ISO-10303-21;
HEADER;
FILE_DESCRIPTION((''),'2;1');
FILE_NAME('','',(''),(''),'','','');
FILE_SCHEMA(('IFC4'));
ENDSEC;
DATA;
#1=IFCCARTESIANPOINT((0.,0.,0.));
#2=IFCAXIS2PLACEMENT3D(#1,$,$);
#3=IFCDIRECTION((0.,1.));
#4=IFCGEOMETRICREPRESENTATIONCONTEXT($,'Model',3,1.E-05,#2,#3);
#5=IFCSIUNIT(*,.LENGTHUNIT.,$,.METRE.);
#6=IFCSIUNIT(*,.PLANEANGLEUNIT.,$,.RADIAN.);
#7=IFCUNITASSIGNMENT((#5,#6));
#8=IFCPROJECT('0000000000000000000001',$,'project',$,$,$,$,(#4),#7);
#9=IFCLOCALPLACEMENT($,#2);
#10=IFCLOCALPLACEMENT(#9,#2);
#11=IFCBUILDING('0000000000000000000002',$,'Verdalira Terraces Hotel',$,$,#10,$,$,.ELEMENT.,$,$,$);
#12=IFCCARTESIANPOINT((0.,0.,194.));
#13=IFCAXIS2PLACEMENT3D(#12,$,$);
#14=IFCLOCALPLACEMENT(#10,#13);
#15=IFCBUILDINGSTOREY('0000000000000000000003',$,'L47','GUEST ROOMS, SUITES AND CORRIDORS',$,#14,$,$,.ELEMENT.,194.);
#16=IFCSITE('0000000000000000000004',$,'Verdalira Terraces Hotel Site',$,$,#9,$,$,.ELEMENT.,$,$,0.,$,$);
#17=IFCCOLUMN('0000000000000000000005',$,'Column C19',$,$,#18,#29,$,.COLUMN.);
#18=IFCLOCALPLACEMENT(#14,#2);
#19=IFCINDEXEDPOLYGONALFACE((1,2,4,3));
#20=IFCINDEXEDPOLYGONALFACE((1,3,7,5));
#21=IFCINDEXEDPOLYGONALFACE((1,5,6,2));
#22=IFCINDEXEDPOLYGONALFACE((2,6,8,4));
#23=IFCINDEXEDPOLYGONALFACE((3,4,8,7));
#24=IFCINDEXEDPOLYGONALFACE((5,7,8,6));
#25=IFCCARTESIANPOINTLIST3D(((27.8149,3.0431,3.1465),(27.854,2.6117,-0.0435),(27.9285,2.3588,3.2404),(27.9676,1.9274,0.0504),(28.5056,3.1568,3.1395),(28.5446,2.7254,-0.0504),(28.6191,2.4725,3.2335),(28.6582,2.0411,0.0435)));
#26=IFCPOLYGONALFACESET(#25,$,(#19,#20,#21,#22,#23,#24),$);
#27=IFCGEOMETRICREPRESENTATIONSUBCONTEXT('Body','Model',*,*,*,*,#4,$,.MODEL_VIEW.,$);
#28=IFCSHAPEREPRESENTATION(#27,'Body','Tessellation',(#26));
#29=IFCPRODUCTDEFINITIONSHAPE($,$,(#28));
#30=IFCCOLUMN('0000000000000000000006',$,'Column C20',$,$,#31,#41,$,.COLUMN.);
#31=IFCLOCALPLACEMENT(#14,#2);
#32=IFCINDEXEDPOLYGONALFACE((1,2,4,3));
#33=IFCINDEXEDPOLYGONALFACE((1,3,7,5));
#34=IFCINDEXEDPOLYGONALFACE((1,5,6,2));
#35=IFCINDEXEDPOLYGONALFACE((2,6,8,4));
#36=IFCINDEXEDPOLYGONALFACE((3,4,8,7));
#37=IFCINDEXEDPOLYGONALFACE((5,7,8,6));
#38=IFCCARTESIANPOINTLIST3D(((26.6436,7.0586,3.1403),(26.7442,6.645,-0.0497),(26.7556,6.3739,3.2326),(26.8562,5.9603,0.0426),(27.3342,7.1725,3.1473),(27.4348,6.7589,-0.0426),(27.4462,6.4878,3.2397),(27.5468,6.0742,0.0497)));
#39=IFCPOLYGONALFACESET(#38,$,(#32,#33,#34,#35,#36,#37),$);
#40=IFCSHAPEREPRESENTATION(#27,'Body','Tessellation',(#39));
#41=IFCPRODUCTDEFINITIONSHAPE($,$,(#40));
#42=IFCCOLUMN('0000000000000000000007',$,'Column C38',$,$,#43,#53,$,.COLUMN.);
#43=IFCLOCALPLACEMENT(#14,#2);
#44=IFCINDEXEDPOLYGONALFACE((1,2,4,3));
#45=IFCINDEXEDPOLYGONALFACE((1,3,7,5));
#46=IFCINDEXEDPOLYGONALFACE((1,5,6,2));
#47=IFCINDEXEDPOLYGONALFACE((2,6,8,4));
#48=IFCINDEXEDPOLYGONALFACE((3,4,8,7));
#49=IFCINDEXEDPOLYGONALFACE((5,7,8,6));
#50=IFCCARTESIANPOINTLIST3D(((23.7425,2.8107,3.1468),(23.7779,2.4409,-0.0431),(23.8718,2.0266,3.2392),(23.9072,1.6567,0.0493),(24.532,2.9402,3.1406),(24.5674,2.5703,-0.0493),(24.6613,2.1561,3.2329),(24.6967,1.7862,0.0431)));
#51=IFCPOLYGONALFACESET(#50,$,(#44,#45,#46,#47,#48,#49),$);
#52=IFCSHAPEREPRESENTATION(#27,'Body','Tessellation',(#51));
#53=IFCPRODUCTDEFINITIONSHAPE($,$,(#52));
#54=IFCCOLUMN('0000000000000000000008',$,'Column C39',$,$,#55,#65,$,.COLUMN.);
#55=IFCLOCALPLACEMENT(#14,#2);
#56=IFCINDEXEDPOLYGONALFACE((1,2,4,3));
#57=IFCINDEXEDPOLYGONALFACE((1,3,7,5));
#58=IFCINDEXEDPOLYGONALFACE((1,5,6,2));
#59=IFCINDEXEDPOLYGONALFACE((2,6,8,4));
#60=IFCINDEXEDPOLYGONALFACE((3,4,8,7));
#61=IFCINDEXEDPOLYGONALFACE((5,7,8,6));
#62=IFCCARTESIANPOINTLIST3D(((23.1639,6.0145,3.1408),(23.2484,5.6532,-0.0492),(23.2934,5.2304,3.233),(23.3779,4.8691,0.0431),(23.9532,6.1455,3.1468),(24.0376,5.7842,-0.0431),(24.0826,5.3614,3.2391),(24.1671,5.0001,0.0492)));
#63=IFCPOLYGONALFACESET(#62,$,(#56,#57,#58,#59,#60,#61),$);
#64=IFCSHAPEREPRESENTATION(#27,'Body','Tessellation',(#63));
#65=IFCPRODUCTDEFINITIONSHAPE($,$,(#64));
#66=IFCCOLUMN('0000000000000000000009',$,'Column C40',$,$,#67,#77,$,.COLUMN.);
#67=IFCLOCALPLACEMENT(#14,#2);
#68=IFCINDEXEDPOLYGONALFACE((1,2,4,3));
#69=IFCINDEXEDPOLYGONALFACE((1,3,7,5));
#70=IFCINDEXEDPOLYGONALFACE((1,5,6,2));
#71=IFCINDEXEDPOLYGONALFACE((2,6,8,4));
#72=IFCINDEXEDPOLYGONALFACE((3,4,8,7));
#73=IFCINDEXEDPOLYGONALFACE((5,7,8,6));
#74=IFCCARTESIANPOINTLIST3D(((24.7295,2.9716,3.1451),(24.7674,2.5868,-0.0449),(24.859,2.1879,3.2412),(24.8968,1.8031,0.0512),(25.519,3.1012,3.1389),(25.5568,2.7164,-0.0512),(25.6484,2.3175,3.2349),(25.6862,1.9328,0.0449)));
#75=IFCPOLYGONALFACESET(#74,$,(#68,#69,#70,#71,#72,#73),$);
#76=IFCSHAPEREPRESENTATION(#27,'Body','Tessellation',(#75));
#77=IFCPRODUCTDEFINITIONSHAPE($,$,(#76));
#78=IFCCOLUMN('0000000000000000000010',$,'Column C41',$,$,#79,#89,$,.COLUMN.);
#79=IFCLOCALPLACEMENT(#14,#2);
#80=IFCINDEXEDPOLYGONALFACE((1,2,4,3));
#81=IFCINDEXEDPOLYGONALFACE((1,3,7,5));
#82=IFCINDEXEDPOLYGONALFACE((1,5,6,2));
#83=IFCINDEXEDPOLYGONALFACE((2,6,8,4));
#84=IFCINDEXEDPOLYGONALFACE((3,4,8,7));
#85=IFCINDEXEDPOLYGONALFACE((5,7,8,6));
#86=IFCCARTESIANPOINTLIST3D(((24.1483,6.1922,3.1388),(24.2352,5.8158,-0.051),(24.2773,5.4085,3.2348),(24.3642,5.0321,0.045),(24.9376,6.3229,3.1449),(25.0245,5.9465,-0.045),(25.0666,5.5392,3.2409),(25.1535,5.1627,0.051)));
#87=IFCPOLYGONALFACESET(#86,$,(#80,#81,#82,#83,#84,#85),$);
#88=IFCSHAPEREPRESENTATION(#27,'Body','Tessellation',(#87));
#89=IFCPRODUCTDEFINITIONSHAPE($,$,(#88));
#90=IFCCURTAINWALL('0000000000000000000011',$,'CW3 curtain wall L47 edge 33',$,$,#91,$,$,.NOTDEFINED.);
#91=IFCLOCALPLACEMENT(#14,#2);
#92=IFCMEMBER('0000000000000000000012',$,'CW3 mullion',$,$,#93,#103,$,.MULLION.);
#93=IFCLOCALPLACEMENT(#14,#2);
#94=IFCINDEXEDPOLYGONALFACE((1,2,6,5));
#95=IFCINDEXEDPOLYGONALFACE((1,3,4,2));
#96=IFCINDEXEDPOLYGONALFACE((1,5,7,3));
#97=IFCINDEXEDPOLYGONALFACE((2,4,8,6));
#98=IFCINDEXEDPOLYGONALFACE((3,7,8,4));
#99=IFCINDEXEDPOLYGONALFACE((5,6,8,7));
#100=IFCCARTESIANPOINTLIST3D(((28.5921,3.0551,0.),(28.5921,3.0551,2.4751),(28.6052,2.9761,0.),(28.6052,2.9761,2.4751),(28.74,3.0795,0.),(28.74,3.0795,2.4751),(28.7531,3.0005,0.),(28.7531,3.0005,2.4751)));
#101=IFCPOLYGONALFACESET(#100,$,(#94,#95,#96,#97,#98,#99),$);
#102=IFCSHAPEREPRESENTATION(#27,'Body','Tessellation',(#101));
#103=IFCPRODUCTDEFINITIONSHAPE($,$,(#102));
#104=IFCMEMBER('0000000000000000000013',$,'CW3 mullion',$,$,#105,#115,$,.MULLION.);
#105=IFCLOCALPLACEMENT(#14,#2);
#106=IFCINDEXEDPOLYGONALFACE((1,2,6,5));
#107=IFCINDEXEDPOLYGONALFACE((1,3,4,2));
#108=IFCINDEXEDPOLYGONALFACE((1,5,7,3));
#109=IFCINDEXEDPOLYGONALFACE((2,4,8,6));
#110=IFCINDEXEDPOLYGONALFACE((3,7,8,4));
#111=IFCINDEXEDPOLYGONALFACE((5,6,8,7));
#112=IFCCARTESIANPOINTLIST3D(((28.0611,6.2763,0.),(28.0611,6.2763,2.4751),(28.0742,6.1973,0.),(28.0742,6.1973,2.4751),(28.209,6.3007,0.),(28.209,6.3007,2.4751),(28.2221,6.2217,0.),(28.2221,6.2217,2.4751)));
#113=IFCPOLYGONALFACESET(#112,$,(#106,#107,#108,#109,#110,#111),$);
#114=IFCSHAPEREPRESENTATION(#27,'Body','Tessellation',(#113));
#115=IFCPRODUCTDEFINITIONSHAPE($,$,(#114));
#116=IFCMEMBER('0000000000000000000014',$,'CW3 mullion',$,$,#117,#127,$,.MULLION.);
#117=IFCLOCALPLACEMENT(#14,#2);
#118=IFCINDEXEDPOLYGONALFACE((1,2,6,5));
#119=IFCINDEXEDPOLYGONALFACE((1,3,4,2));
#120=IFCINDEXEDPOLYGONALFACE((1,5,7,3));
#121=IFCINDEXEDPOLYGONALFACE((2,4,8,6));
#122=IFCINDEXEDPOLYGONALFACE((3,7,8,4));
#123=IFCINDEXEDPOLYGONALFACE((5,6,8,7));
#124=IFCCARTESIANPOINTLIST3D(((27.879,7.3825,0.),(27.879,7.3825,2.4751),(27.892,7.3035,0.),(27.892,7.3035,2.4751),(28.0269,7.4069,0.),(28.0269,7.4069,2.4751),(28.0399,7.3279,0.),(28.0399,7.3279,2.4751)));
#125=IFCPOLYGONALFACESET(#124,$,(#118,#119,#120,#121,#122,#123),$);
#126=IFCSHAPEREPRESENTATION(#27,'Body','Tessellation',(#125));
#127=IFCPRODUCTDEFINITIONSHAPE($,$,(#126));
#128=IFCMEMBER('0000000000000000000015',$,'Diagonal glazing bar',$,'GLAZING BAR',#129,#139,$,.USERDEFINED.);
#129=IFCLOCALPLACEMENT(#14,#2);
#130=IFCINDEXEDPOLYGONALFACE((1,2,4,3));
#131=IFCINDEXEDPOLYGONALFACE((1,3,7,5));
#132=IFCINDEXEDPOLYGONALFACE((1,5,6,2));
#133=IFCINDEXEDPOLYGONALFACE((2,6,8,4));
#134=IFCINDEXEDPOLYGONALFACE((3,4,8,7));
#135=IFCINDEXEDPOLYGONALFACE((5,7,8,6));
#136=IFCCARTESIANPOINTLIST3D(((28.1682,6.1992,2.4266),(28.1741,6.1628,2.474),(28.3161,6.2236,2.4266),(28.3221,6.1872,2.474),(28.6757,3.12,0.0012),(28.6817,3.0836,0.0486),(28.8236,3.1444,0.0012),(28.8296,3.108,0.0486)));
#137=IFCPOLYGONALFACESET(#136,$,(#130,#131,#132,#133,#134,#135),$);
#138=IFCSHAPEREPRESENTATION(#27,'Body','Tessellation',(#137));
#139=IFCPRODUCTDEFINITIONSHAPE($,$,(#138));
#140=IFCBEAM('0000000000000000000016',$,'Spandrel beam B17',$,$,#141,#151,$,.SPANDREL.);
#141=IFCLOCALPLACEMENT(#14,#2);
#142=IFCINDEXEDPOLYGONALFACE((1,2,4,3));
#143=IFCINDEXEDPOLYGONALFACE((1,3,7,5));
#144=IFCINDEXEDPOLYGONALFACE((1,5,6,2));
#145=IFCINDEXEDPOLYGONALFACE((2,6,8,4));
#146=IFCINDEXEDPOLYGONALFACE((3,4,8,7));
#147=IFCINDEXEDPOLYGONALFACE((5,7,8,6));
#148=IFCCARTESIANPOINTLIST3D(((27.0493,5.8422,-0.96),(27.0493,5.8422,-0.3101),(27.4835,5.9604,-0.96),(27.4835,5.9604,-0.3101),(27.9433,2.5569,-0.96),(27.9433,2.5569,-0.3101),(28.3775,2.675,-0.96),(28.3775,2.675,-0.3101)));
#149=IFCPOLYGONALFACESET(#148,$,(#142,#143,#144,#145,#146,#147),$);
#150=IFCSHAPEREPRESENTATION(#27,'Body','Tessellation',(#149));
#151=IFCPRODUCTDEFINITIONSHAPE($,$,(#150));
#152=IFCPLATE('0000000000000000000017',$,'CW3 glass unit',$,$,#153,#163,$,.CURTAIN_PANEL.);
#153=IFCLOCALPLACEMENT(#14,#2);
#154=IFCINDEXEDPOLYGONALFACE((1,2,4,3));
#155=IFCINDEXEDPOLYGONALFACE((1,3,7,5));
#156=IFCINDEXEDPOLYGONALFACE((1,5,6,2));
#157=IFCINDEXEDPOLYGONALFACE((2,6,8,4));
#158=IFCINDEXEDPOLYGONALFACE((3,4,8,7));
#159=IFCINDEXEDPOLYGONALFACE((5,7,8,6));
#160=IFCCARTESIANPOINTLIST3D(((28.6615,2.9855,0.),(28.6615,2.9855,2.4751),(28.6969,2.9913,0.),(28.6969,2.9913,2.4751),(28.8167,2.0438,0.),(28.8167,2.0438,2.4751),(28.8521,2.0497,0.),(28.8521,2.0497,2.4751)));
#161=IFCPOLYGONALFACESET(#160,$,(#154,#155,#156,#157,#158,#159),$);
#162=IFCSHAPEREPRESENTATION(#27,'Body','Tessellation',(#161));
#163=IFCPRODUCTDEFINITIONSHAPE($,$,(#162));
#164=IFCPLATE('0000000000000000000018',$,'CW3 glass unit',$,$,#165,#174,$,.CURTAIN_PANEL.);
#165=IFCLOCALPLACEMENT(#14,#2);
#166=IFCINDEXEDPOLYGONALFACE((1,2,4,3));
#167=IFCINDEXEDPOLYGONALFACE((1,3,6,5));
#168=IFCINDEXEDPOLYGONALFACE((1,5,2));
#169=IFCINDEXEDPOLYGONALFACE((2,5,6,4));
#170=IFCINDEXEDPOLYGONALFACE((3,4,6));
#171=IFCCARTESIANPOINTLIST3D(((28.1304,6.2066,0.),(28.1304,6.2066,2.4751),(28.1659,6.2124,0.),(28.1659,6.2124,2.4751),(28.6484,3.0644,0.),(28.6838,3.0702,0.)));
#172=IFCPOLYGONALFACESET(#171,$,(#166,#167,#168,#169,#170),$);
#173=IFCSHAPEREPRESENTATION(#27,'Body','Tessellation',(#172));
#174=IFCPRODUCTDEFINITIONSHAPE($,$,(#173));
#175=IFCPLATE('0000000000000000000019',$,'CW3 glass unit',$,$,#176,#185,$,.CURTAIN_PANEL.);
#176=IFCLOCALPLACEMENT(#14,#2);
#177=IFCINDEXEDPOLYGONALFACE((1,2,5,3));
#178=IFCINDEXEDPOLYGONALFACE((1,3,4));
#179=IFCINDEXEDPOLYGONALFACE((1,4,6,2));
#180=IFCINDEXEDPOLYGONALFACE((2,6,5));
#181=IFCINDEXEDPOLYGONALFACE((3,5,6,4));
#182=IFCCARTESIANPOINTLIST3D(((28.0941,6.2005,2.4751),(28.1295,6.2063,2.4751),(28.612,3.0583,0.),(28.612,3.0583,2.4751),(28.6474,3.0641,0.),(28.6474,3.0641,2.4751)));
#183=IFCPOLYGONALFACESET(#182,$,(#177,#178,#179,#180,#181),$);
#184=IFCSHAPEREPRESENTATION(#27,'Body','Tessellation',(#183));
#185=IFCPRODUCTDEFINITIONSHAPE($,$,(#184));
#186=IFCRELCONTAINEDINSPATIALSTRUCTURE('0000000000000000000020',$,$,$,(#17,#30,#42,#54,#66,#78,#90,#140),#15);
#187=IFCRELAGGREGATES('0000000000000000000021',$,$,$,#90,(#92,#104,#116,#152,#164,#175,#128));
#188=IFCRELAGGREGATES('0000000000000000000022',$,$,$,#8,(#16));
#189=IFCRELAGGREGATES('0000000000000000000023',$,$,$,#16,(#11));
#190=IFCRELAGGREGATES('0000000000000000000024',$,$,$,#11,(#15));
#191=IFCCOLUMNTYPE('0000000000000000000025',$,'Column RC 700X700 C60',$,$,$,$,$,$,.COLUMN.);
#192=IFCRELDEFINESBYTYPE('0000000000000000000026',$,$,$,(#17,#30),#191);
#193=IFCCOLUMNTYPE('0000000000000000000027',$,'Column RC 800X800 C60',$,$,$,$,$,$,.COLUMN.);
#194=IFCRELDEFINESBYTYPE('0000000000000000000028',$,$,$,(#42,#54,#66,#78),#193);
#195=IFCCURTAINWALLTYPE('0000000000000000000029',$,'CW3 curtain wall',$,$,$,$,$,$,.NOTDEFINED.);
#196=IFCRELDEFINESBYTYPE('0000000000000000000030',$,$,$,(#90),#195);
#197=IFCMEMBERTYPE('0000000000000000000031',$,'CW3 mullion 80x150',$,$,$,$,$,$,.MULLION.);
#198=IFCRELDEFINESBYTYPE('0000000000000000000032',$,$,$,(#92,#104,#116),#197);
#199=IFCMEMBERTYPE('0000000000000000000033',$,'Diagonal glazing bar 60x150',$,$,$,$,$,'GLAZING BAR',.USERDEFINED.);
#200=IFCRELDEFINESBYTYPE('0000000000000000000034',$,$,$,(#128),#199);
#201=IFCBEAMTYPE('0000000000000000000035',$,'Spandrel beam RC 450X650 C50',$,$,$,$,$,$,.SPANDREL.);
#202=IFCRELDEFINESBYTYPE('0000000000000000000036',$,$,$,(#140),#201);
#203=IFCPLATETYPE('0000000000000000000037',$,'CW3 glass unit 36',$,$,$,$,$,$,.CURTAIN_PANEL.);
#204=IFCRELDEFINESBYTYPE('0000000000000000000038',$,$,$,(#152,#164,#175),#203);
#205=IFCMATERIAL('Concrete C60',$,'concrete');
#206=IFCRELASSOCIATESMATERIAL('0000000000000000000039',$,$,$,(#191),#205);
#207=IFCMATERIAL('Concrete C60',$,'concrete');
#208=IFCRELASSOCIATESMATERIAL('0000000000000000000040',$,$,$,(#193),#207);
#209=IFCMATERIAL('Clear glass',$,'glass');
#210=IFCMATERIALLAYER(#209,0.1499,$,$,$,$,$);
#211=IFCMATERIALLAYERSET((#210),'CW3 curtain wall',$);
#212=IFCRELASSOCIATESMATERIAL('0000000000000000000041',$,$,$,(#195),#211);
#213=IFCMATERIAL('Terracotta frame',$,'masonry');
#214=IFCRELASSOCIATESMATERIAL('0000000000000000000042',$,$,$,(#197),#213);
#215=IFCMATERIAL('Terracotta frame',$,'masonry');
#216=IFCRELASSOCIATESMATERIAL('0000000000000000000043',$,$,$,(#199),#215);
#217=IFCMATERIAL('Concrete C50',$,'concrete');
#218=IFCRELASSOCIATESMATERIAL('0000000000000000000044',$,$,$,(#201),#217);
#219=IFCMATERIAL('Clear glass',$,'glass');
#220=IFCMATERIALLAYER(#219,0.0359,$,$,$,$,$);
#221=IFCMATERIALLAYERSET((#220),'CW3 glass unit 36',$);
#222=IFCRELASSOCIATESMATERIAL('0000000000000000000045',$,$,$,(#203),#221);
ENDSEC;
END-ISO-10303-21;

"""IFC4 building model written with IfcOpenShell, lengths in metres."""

from ifc_helpers import new_model, si_unit, direction, frame, origin, origin_2d, place, context, subcontext, project, spatial, polyline, rectangle, outline, extrude, material, layer, layer_set, material_profile, profile_set, type_object, element, aggregate, save


model = new_model("IFC4")

# Units and contexts
model_context = context("Model", 3, precision=1e-05, world=origin(), true_north=direction((0.0, 1.0)))
body_context = subcontext(model_context, "Body", "Model", "MODEL_VIEW")
ifc_project = project(units=[si_unit("LENGTHUNIT", "METRE"), si_unit("PLANEANGLEUNIT", "RADIAN")], contexts=[model_context])

# Site, building, storey
site_placement = place(None, origin())
site = spatial("IfcSite", under=ifc_project, at=site_placement, Name="Verdalira Terraces Hotel Site", CompositionType="ELEMENT", RefElevation=0.0)
building_placement = place(site_placement, origin())
building = spatial("IfcBuilding", under=site, at=building_placement, Name="Verdalira Terraces Hotel", CompositionType="ELEMENT")
storey_placement = place(building_placement, frame((0.0, 0.0, 194.0)))
storey = spatial("IfcBuildingStorey", under=building, at=storey_placement, Name="L47", Description="GUEST ROOMS, SUITES AND CORRIDORS", CompositionType="ELEMENT", Elevation=194.0)

# Columns
ifc_material_1 = material(Name="Concrete C60", Category="concrete")
ifc_material_profile_1 = material_profile(ifc_material_1, rectangle(XDim=0.7, YDim=0.7, at=origin_2d()), Name="RC 700X700")
ifc_profile_set_1 = profile_set([ifc_material_profile_1], Name="Concrete C60")
column_type_1 = type_object("IfcColumnType", Name="Column RC 700X700 C60", PredefinedType="COLUMN", material=ifc_profile_set_1)
column_1_placement = place(storey_placement, frame((28.2561, 2.3264, 0.0), z_axis=(-0.012134, 0.134007, 0.990906), x_axis=(-0.162254, 0.977582, -0.134192)))
element("IfcColumn", 1, at=column_1_placement, inside=storey, type_object=column_type_1, Name="Column C19", PredefinedType="COLUMN", context=body_context, shape_type="SweptSolid", body=[
    extrude(rectangle(XDim=0.7, YDim=0.7, at=origin_2d()), origin(), (0.0, 0.0, 1.0), 3.2192),
])
column_2_placement = place(storey_placement, frame((27.1455, 6.3596, 0.0), z_axis=(-0.031255, 0.128511, 0.991215), x_axis=(-0.159986, 0.97827, -0.131877)))
element("IfcColumn", 2, at=column_2_placement, inside=storey, type_object=column_type_1, Name="Column C20", PredefinedType="COLUMN", context=body_context, shape_type="SweptSolid", body=[
    extrude(rectangle(XDim=0.7, YDim=0.7, at=origin_2d()), origin(), (0.0, 0.0, 1.0), 3.2183),
])
ifc_material_2 = material(Name="Concrete C60", Category="concrete")
ifc_material_profile_2 = material_profile(ifc_material_2, rectangle(XDim=0.8, YDim=0.8, at=origin_2d()), Name="RC 800X800")
ifc_profile_set_2 = profile_set([ifc_material_profile_2], Name="Concrete C60")
column_type_2 = type_object("IfcColumnType", Name="Column RC 800X800 C60", PredefinedType="COLUMN", material=ifc_profile_set_2)
for number, where, z_axis, x_axis, name in (
    (3, (24.2373, 2.1135, 0.0), (-0.011023, 0.115171, 0.993285), (0.986794, 0.161793, -0.007809), "Column C38"),
    (4, (23.7078, 5.3267, 0.0), (-0.026304, 0.112512, 0.993302), (0.98647, 0.163767, 0.007573), "Column C39"),
):
    element("IfcColumn", number, at=place(storey_placement, frame(where, z_axis=z_axis, x_axis=x_axis)), inside=storey, type_object=column_type_2, Name=name, PredefinedType="COLUMN", context=body_context, shape_type="SweptSolid", body=[
        extrude(rectangle(XDim=0.8, YDim=0.8, at=origin_2d()), origin(), (0.0, 0.0, 1.0), 3.2114),
    ])
column_3_placement = place(storey_placement, frame((25.2268, 2.2598, 0.0), z_axis=(-0.011777, 0.119742, 0.992735), x_axis=(0.986758, 0.162013, -0.007836)))
element("IfcColumn", 5, at=column_3_placement, inside=storey, type_object=column_type_2, Name="Column C40", PredefinedType="COLUMN", context=body_context, shape_type="SweptSolid", body=[
    extrude(rectangle(XDim=0.8, YDim=0.8, at=origin_2d()), origin(), (0.0, 0.0, 1.0), 3.2134),
])
column_4_placement = place(storey_placement, frame((24.6943, 5.4893, 0.0), z_axis=(-0.027049, 0.11716, 0.992745), x_axis=(0.986543, 0.163324, 0.007605)))
element("IfcColumn", 6, at=column_4_placement, inside=storey, type_object=column_type_2, Name="Column C41", PredefinedType="COLUMN", context=body_context, shape_type="SweptSolid", body=[
    extrude(rectangle(XDim=0.8, YDim=0.8, at=origin_2d()), origin(), (0.0, 0.0, 1.0), 3.2131),
])

# Curtain wall, members
ifc_material_3 = material(Name="Clear glass", Category="glass")
ifc_layer_1 = layer(ifc_material_3, 0.1499)
ifc_layer_set_1 = layer_set([ifc_layer_1], Name="CW3 curtain wall")
curtain_wall_type = type_object("IfcCurtainWallType", Name="CW3 curtain wall", PredefinedType="NOTDEFINED", material=ifc_layer_set_1)
curtain_wall_placement = place(storey_placement, origin())
curtain_wall = element("IfcCurtainWall", 7, at=curtain_wall_placement, inside=storey, type_object=curtain_wall_type, Name="CW3 curtain wall L47 edge 33", PredefinedType="NOTDEFINED")
ifc_material_4 = material(Name="Terracotta frame", Category="masonry")
ifc_material_profile_3 = material_profile(ifc_material_4, rectangle(XDim=0.0801, YDim=0.1499, at=origin_2d()), Name="MU 80x150")
ifc_profile_set_3 = profile_set([ifc_material_profile_3], Name="Terracotta frame")
member_type_1 = type_object("IfcMemberType", Name="CW3 mullion 80x150", PredefinedType="MULLION", material=ifc_profile_set_3)
member_1_placement = place(storey_placement, frame((28.6726, 3.0278, 0.0), z_axis=(0.0, 0.0, 1.0), x_axis=(-0.162637, 0.986686, 0.0)))
member_1 = element("IfcMember", 8, at=member_1_placement, type_object=member_type_1, Name="CW3 mullion", PredefinedType="MULLION", context=body_context, shape_type="SweptSolid", body=[
    extrude(rectangle(XDim=0.0801, YDim=0.1499, at=origin_2d()), origin(), (0.0, 0.0, 1.0), 2.4751),
])
member_2_placement = place(storey_placement, frame((28.1416, 6.249, 0.0), z_axis=(0.0, 0.0, 1.0), x_axis=(-0.162637, 0.986686, 0.0)))
member_2 = element("IfcMember", 9, at=member_2_placement, type_object=member_type_1, Name="CW3 mullion", PredefinedType="MULLION", context=body_context, shape_type="SweptSolid", body=[
    extrude(rectangle(XDim=0.0801, YDim=0.1499, at=origin_2d()), origin(), (0.0, 0.0, 1.0), 2.4751),
])
member_3_placement = place(storey_placement, frame((27.9595, 7.3552, 0.0), z_axis=(0.0, 0.0, 1.0), x_axis=(-0.162637, 0.986686, 0.0)))
member_3 = element("IfcMember", 10, at=member_3_placement, type_object=member_type_1, Name="CW3 mullion", PredefinedType="MULLION", context=body_context, shape_type="SweptSolid", body=[
    extrude(rectangle(XDim=0.0801, YDim=0.1499, at=origin_2d()), origin(), (0.0, 0.0, 1.0), 2.4751),
])
ifc_material_5 = material(Name="Terracotta frame", Category="masonry")
ifc_material_profile_4 = material_profile(ifc_material_5, rectangle(XDim=0.1499, YDim=0.0601, at=origin_2d()), Name="GB 60x150")
ifc_profile_set_4 = profile_set([ifc_material_profile_4], Name="Terracotta frame")
member_type_2 = type_object("IfcMemberType", Name="Diagonal glazing bar 60x150", ElementType="GLAZING BAR", PredefinedType="USERDEFINED", material=ifc_profile_set_4)
member_4_placement = place(storey_placement, frame((28.7527, 3.114, 0.0249), z_axis=(-0.128424, 0.779069, 0.613644), x_axis=(-0.986684, -0.162648, 0.0)))
member_4 = element("IfcMember", 11, at=member_4_placement, type_object=member_type_2, Name="Diagonal glazing bar", ObjectType="GLAZING BAR", PredefinedType="USERDEFINED", context=body_context, shape_type="SweptSolid", body=[
    extrude(rectangle(XDim=0.1499, YDim=0.0601, at=origin_2d()), origin(), (0.0, 0.0, 1.0), 3.9524),
])

# Beam
ifc_material_6 = material(Name="Concrete C50", Category="concrete")
ifc_material_profile_5 = material_profile(ifc_material_6, rectangle(XDim=0.45, YDim=0.6499, at=origin_2d()), Name="RC 450X650")
ifc_profile_set_5 = profile_set([ifc_material_profile_5], Name="Concrete C50")
beam_type = type_object("IfcBeamType", Name="Spandrel beam RC 450X650 C50", PredefinedType="SPANDREL", material=ifc_profile_set_5)
beam_placement = place(storey_placement, frame((28.1604, 2.616, -0.635), z_axis=(-0.262577, 0.964911, 0.0), x_axis=(-0.964911, -0.262577, 0.0)))
element("IfcBeam", 12, at=beam_placement, inside=storey, type_object=beam_type, Name="Spandrel beam B17", PredefinedType="SPANDREL", context=body_context, shape_type="SweptSolid", body=[
    extrude(rectangle(XDim=0.45, YDim=0.6499, at=origin_2d()), origin(), (0.0, 0.0, 1.0), 3.4048),
])

# Plates
ifc_material_7 = material(Name="Clear glass", Category="glass")
ifc_layer_2 = layer(ifc_material_7, 0.0359)
ifc_layer_set_2 = layer_set([ifc_layer_2], Name="CW3 glass unit 36")
plate_type = type_object("IfcPlateType", Name="CW3 glass unit 36", PredefinedType="CURTAIN_PANEL", material=ifc_layer_set_2)
plate_1_placement = place(storey_placement, frame((28.7568, 2.5176, 0.0), z_axis=(0.0, 0.0, 1.0), x_axis=(-0.162637, 0.986686, 0.0)))
plate_1 = element("IfcPlate", 13, at=plate_1_placement, type_object=plate_type, Name="CW3 glass unit", PredefinedType="CURTAIN_PANEL", context=body_context, shape_type="SweptSolid", body=[
    extrude(rectangle(XDim=0.9543, YDim=0.0359, at=origin_2d()), origin(), (0.0, 0.0, 1.0), 2.4751),
])
plate_2_placement = place(storey_placement, frame((28.3894, 4.6355, 1.2375), z_axis=(0.986686, 0.162637, 0.0), x_axis=(-0.162637, 0.986686, 0.0)))
plate_2 = element("IfcPlate", 14, at=plate_2_placement, type_object=plate_type, Name="CW3 glass unit", PredefinedType="CURTAIN_PANEL", context=body_context, shape_type="SweptSolid", body=[
    extrude(outline(polyline([(-1.5923, -1.2375), (1.5923, -1.2375), (1.5923, 1.2375), (-1.5923, -1.2375)])), origin(), (0.0, 0.0, 1.0), 0.0359),
])
plate_3_placement = place(storey_placement, frame((28.353, 4.6294, 1.2375), z_axis=(0.986686, 0.162637, 0.0), x_axis=(-0.162637, 0.986686, 0.0)))
plate_3 = element("IfcPlate", 15, at=plate_3_placement, type_object=plate_type, Name="CW3 glass unit", PredefinedType="CURTAIN_PANEL", context=body_context, shape_type="SweptSolid", body=[
    extrude(outline(polyline([(-1.5923, -1.2375), (1.5923, 1.2375), (-1.5923, 1.2375), (-1.5923, -1.2375)])), origin(), (0.0, 0.0, 1.0), 0.0359),
])
aggregate(curtain_wall, [member_1, member_2, member_3, plate_1, plate_2, plate_3, member_4])

save(model, "model.ifc")
